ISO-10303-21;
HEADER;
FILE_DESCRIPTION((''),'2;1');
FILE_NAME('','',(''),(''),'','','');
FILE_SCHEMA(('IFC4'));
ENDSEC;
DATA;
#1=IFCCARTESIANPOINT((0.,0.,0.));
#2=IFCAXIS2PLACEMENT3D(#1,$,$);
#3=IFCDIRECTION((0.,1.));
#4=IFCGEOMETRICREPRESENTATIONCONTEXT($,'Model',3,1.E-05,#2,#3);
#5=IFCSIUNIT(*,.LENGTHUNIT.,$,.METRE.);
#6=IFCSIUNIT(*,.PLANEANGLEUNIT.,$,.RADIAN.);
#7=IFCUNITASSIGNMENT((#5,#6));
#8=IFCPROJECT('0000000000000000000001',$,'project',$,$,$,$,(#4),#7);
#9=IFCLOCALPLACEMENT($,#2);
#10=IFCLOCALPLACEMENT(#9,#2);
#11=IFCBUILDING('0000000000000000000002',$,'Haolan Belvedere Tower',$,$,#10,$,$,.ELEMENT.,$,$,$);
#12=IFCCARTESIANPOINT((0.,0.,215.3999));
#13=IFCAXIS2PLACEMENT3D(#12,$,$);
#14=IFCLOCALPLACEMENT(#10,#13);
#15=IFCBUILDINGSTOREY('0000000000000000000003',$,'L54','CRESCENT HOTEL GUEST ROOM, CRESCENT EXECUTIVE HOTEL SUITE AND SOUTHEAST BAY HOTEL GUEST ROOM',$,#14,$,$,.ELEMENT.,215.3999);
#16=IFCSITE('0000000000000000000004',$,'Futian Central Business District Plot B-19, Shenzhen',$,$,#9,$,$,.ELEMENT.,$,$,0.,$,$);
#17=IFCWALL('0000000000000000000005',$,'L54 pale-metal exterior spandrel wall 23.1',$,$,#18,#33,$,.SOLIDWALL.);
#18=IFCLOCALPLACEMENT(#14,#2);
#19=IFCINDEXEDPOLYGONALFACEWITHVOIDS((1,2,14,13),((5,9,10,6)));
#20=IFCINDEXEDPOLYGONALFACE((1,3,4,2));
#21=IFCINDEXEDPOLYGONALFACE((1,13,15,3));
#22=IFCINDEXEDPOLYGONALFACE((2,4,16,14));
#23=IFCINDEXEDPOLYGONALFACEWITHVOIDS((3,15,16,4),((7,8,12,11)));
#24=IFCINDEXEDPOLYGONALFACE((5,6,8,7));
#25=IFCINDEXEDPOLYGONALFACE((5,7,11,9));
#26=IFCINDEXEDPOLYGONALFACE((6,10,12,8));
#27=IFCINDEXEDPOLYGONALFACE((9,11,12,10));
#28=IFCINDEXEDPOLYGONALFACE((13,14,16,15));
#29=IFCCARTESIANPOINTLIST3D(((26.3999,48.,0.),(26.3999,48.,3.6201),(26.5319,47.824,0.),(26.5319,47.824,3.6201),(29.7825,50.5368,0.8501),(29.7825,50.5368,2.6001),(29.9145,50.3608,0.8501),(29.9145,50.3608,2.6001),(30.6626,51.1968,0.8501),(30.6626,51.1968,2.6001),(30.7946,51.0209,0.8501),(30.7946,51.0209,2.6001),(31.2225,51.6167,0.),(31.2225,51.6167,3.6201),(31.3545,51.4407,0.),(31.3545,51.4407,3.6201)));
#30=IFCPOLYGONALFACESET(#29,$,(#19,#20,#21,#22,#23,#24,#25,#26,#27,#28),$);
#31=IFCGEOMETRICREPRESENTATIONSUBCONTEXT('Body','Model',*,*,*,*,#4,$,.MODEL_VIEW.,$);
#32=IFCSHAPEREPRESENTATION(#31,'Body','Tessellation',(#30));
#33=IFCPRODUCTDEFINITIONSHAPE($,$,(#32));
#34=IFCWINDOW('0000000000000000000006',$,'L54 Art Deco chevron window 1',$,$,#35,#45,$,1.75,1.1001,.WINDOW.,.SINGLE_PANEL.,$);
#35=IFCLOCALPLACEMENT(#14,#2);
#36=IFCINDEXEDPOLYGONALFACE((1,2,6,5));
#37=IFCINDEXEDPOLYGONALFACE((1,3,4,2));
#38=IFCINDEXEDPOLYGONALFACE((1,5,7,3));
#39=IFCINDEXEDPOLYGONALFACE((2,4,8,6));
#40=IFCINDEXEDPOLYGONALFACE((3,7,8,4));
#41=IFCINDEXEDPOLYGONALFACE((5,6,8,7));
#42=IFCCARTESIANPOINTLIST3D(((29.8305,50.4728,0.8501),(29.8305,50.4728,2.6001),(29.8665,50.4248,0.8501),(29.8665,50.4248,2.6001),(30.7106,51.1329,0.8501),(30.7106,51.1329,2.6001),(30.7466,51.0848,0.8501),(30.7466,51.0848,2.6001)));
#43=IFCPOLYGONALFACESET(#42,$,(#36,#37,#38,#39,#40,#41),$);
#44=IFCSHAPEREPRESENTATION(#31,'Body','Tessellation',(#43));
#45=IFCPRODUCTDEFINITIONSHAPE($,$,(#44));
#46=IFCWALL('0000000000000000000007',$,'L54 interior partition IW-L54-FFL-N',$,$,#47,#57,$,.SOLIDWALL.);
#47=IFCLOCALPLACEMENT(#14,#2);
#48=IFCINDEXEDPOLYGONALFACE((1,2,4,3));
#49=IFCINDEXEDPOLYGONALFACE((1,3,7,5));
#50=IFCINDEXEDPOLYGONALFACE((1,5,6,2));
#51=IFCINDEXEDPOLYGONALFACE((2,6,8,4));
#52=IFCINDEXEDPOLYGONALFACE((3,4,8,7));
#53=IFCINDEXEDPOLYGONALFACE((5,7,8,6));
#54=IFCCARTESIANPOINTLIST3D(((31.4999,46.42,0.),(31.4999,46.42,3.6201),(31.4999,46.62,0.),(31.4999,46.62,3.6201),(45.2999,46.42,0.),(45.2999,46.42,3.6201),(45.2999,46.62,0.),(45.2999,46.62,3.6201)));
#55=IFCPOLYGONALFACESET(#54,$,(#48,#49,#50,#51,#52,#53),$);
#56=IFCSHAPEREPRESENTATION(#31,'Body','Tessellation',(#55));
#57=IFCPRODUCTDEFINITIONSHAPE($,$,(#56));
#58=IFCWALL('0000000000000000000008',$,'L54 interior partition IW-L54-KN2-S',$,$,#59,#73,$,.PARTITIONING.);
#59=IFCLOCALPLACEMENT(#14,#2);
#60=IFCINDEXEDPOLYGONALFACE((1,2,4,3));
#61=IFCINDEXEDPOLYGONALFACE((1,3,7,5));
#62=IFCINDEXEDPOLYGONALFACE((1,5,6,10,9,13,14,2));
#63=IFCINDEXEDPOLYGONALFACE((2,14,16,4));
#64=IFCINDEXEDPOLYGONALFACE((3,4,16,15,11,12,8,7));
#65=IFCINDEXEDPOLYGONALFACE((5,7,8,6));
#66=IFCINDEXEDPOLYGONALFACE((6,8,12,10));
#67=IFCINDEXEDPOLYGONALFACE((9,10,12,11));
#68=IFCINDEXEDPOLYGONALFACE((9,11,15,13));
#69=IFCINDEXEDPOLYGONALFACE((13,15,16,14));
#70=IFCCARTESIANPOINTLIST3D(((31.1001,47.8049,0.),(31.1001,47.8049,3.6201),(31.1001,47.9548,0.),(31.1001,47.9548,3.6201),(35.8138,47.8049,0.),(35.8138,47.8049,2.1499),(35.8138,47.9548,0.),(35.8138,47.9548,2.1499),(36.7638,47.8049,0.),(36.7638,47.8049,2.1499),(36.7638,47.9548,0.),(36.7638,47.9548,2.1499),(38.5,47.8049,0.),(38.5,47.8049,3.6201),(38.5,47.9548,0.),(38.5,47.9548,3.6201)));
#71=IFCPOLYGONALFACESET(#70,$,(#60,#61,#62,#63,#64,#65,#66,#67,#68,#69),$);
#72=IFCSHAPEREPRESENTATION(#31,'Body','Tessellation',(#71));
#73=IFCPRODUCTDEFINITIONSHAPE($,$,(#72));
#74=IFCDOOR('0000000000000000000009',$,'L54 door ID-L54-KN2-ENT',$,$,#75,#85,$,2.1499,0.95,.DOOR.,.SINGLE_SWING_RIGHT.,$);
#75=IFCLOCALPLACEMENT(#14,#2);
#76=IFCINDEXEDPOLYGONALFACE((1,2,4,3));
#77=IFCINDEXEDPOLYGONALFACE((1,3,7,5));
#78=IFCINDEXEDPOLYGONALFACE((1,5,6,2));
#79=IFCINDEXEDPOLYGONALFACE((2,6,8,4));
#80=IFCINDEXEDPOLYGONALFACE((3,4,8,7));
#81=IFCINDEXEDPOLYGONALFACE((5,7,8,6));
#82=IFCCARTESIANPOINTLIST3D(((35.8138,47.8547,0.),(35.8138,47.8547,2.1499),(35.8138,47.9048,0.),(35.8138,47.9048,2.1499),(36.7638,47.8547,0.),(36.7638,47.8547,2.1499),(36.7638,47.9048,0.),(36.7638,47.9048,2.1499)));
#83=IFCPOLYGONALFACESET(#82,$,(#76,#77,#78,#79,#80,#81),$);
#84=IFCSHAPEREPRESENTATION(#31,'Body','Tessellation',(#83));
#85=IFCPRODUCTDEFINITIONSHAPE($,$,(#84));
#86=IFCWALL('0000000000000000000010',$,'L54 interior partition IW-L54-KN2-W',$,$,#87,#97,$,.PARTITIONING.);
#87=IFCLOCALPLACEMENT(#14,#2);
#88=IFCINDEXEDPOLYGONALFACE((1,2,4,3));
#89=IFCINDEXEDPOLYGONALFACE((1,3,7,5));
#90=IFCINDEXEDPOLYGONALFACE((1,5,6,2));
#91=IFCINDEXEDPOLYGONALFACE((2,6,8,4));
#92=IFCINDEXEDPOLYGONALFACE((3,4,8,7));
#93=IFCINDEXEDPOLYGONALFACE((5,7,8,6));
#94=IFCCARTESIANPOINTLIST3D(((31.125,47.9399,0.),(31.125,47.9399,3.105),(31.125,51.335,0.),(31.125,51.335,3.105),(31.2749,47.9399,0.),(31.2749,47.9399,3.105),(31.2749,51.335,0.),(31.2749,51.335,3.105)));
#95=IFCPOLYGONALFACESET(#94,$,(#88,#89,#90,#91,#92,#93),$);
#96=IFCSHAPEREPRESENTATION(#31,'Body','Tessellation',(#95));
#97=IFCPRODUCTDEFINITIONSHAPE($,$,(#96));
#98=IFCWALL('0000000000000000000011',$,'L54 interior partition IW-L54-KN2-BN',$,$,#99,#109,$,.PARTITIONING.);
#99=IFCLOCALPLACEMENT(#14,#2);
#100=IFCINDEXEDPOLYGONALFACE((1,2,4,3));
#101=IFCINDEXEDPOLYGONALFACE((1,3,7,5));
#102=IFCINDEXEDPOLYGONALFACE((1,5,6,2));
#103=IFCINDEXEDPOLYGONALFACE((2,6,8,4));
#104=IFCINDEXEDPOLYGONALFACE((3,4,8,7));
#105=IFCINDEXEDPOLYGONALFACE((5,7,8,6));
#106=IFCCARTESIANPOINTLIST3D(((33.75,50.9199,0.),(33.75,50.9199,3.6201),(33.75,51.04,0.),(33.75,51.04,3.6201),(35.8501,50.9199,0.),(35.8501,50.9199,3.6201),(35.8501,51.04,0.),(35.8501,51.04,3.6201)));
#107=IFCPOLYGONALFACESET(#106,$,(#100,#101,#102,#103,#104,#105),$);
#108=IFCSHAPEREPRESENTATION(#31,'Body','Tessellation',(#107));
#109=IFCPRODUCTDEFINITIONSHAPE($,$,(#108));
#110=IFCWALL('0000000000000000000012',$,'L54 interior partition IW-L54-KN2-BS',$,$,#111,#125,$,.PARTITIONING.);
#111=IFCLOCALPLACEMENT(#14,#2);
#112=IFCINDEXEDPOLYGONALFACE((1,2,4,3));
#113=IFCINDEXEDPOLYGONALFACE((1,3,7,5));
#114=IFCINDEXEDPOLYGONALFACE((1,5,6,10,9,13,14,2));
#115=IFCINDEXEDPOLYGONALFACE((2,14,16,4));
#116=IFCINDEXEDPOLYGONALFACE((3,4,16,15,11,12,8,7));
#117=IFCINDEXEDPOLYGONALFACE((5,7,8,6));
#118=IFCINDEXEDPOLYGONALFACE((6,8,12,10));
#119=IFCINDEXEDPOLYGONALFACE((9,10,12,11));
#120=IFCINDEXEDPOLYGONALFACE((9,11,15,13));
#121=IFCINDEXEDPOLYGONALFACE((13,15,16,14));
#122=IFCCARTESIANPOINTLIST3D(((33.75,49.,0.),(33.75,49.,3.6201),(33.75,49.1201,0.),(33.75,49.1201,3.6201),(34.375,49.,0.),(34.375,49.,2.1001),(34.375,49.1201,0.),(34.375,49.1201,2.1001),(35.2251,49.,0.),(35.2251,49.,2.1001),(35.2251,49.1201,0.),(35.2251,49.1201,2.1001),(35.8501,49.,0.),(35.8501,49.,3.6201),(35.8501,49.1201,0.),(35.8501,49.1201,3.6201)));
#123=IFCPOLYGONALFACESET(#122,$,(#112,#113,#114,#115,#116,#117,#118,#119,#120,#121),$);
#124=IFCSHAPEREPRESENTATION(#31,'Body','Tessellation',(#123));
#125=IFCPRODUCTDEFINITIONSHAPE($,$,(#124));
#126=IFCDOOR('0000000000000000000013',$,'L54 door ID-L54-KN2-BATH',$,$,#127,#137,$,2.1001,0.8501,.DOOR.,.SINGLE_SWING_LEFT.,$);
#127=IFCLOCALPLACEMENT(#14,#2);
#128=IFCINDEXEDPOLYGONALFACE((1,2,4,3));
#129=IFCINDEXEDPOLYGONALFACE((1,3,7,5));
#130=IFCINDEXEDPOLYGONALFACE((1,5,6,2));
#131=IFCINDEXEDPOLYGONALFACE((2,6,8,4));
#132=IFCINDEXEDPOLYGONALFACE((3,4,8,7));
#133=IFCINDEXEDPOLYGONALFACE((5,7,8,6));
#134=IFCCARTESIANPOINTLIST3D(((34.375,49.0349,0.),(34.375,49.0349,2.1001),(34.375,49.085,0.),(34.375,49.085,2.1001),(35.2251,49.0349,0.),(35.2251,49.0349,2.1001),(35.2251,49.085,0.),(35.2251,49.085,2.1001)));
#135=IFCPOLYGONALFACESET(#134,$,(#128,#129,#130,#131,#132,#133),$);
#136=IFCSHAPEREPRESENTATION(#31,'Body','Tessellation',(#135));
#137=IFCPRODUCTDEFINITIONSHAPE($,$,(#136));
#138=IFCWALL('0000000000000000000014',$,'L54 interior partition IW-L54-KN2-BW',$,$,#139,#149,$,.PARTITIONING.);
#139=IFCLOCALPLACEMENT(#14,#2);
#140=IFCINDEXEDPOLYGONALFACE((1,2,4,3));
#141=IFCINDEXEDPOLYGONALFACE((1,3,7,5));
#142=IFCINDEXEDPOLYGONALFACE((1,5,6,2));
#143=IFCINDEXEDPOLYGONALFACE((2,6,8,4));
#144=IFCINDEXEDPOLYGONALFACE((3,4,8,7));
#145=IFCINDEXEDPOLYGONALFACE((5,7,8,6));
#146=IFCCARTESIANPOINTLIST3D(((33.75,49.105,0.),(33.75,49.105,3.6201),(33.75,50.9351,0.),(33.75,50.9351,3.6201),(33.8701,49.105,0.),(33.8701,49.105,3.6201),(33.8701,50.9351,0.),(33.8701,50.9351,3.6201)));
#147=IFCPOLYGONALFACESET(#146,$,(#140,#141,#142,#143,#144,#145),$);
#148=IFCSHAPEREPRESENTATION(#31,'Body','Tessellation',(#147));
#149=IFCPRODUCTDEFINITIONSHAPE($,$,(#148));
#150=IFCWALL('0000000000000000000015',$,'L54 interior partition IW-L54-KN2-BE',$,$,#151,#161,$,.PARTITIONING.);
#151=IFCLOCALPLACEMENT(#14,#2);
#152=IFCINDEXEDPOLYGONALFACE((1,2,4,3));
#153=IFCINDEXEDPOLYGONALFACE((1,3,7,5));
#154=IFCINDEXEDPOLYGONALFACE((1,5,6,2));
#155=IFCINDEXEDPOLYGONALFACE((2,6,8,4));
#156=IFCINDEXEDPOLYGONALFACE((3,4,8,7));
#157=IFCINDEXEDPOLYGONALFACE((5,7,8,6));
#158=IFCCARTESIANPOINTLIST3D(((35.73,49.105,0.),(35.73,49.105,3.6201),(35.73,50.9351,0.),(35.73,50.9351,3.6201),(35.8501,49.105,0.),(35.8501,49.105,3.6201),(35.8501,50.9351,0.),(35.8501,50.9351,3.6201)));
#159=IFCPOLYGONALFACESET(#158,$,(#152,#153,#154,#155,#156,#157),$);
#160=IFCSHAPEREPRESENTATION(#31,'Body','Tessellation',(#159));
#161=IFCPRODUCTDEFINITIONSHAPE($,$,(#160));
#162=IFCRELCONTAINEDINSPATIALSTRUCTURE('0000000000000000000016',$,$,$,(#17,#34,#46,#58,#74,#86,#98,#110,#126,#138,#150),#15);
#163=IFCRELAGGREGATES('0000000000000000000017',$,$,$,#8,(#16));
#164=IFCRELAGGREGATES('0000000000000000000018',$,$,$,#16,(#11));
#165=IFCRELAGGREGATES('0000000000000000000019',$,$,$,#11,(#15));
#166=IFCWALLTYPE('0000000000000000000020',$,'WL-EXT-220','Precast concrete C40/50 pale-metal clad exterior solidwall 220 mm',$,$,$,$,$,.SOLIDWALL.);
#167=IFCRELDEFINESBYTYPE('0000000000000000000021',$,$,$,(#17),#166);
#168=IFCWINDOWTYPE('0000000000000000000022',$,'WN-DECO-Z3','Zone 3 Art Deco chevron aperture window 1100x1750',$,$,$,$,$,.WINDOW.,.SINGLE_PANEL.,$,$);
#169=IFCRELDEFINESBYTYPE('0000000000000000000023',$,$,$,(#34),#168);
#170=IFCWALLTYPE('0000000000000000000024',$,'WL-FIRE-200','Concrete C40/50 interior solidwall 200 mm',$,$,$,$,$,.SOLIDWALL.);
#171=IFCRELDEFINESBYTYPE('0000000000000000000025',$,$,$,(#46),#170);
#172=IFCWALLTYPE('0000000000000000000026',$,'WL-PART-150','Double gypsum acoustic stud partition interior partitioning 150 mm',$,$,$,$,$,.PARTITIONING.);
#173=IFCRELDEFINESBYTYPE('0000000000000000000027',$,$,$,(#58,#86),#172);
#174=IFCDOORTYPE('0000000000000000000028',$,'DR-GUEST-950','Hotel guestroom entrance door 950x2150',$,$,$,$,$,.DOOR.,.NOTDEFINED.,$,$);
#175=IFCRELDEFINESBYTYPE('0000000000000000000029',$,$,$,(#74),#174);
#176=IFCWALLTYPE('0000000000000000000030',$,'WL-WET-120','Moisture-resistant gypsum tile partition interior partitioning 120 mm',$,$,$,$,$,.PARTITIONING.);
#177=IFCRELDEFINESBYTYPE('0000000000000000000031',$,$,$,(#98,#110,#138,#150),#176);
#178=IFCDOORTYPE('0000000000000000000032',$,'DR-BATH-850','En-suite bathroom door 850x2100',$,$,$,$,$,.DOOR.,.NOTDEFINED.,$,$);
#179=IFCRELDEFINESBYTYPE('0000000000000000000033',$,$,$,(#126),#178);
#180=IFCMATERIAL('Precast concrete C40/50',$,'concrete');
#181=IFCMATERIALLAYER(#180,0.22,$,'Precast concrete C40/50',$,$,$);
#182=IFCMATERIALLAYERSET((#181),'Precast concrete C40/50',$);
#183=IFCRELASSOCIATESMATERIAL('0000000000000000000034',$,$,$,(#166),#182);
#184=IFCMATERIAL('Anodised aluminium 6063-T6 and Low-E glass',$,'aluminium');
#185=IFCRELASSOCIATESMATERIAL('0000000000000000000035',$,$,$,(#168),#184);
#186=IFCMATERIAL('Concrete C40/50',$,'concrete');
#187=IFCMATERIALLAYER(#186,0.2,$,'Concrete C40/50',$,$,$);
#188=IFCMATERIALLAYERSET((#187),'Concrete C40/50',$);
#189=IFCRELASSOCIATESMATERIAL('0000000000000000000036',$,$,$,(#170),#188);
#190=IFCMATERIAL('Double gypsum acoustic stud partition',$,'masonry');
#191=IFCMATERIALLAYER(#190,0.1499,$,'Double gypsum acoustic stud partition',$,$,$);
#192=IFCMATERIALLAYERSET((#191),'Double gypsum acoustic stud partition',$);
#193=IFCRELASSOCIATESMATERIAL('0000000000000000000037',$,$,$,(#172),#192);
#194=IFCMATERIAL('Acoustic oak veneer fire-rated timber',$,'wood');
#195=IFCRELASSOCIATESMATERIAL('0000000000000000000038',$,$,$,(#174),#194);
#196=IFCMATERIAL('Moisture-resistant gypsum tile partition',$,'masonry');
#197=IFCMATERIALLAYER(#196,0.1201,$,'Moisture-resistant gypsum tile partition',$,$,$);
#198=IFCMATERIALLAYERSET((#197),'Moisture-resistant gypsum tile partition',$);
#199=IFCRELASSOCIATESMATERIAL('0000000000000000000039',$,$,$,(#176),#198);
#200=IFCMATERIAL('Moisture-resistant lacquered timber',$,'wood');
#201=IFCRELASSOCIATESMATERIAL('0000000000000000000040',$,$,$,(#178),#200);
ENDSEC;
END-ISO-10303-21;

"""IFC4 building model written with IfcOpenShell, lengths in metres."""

from ifc_helpers import new_model, si_unit, direction, frame, frame_2d, origin, place, context, subcontext, project, spatial, rectangle, extrude, material, layer, layer_set, type_object, element, fill, save


model = new_model("IFC4")

# Units and contexts
model_context = context("Model", 3, precision=1e-05, world=origin(), true_north=direction((0.0, 1.0)))
body_context = subcontext(model_context, "Body", "Model", "MODEL_VIEW")
ifc_project = project(units=[si_unit("LENGTHUNIT", "METRE"), si_unit("PLANEANGLEUNIT", "RADIAN")], contexts=[model_context])

# Site, building, storey
site_placement = place(None, origin())
site = spatial("IfcSite", under=ifc_project, at=site_placement, Name="Futian Central Business District Plot B-19, Shenzhen", CompositionType="ELEMENT", RefElevation=0.0)
building_placement = place(site_placement, origin())
building = spatial("IfcBuilding", under=site, at=building_placement, Name="Haolan Belvedere Tower", CompositionType="ELEMENT")
storey_placement = place(building_placement, frame((0.0, 0.0, 215.3999)))
storey = spatial("IfcBuildingStorey", under=building, at=storey_placement, Name="L54", Description="CRESCENT HOTEL GUEST ROOM, CRESCENT EXECUTIVE HOTEL SUITE AND SOUTHEAST BAY HOTEL GUEST ROOM", CompositionType="ELEMENT", Elevation=215.3999)

# Wall, opening, window
ifc_material_1 = material(Name="Precast concrete C40/50", Category="concrete")
ifc_layer_1 = layer(ifc_material_1, 0.22, Name="Precast concrete C40/50")
ifc_layer_set_1 = layer_set([ifc_layer_1], Name="Precast concrete C40/50")
wall_type_1 = type_object("IfcWallType", Name="WL-EXT-220", Description="Precast concrete C40/50 pale-metal clad exterior solidwall 220 mm", PredefinedType="SOLIDWALL", material=ifc_layer_set_1)
wall_1_placement = place(storey_placement, frame((31.2886, 51.5288, 0.0), z_axis=(0.0, 0.0, 1.0), x_axis=(-0.800015, -0.599981, 0.0)))
wall_1 = element("IfcWall", 1, at=wall_1_placement, inside=storey, type_object=wall_type_1, Name="L54 pale-metal exterior spandrel wall 23.1", PredefinedType="SOLIDWALL", context=body_context, shape_type="SweptSolid", body=[
    extrude(rectangle(XDim=6.0281, YDim=0.22, at=frame_2d((3.0142, 0.0))), origin(), (0.0, 0.0, 1.0), 3.6201),
])
opening_1_placement = place(wall_1_placement, frame((0.7, 0.0, 0.8501)))
opening_1 = element("IfcOpeningElement", 2, at=opening_1_placement, cuts=wall_1, PredefinedType="OPENING", context=body_context, shape_type="SweptSolid", body=[
    extrude(rectangle(XDim=1.1001, YDim=1.75, at=frame_2d((0.55, 0.875))), frame((0.0, 0.1199, 0.0), z_axis=(0.0, -1.0, 0.0), x_axis=(1.0, 0.0, 0.0)), (0.0, 0.0, 1.0), 0.24),
])
ifc_material_2 = material(Name="Anodised aluminium 6063-T6 and Low-E glass", Category="aluminium")
window_type = type_object("IfcWindowType", Name="WN-DECO-Z3", Description="Zone 3 Art Deco chevron aperture window 1100x1750", PartitioningType="SINGLE_PANEL", PredefinedType="WINDOW", material=ifc_material_2)
window_placement = place(opening_1_placement, origin())
window = element("IfcWindow", 3, at=window_placement, inside=storey, type_object=window_type, Name="L54 Art Deco chevron window 1", OverallHeight=1.75, OverallWidth=1.1001, PartitioningType="SINGLE_PANEL", PredefinedType="WINDOW", context=body_context, shape_type="SweptSolid", body=[
    extrude(rectangle(XDim=1.1001, YDim=1.75, at=frame_2d((0.55, 0.875))), frame((0.0, 0.03, 0.0), z_axis=(0.0, -1.0, 0.0), x_axis=(1.0, 0.0, 0.0)), (0.0, 0.0, 1.0), 0.0601),
])
fill(opening_1, window)

# Wall
ifc_material_3 = material(Name="Concrete C40/50", Category="concrete")
ifc_layer_2 = layer(ifc_material_3, 0.2, Name="Concrete C40/50")
ifc_layer_set_2 = layer_set([ifc_layer_2], Name="Concrete C40/50")
wall_type_2 = type_object("IfcWallType", Name="WL-FIRE-200", Description="Concrete C40/50 interior solidwall 200 mm", PredefinedType="SOLIDWALL", material=ifc_layer_set_2)
wall_2_placement = place(storey_placement, frame((31.5, 46.52, 0.0), z_axis=(0.0, 0.0, 1.0), x_axis=(1.0, 0.0, 0.0)))
element("IfcWall", 4, at=wall_2_placement, inside=storey, type_object=wall_type_2, Name="L54 interior partition IW-L54-FFL-N", PredefinedType="SOLIDWALL", context=body_context, shape_type="SweptSolid", body=[
    extrude(rectangle(XDim=13.8, YDim=0.2, at=frame_2d((6.8999, 0.0))), origin(), (0.0, 0.0, 1.0), 3.6201),
])

# Wall, opening, door
ifc_material_4 = material(Name="Double gypsum acoustic stud partition", Category="masonry")
ifc_layer_3 = layer(ifc_material_4, 0.1499, Name="Double gypsum acoustic stud partition")
ifc_layer_set_3 = layer_set([ifc_layer_3], Name="Double gypsum acoustic stud partition")
wall_type_3 = type_object("IfcWallType", Name="WL-PART-150", Description="Double gypsum acoustic stud partition interior partitioning 150 mm", PredefinedType="PARTITIONING", material=ifc_layer_set_3)
wall_3_placement = place(storey_placement, frame((31.1001, 47.8799, 0.0), z_axis=(0.0, 0.0, 1.0), x_axis=(1.0, 0.0, 0.0)))
wall_3 = element("IfcWall", 5, at=wall_3_placement, inside=storey, type_object=wall_type_3, Name="L54 interior partition IW-L54-KN2-S", PredefinedType="PARTITIONING", context=body_context, shape_type="SweptSolid", body=[
    extrude(rectangle(XDim=7.3999, YDim=0.1499, at=frame_2d((3.7, 0.0))), origin(), (0.0, 0.0, 1.0), 3.6201),
])
opening_2_placement = place(wall_3_placement, frame((4.7136, 0.0, 0.0)))
opening_2 = element("IfcOpeningElement", 6, at=opening_2_placement, cuts=wall_3, PredefinedType="OPENING", context=body_context, shape_type="SweptSolid", body=[
    extrude(rectangle(XDim=0.95, YDim=2.1499, at=frame_2d((0.4751, 1.075))), frame((0.0, 0.085, 0.0), z_axis=(0.0, -1.0, 0.0), x_axis=(1.0, 0.0, 0.0)), (0.0, 0.0, 1.0), 0.1699),
])
ifc_material_5 = material(Name="Acoustic oak veneer fire-rated timber", Category="wood")
door_type_1 = type_object("IfcDoorType", Name="DR-GUEST-950", Description="Hotel guestroom entrance door 950x2150", OperationType="NOTDEFINED", PredefinedType="DOOR", material=ifc_material_5)
door_1_placement = place(opening_2_placement, origin())
door_1 = element("IfcDoor", 7, at=door_1_placement, inside=storey, type_object=door_type_1, Name="L54 door ID-L54-KN2-ENT", OperationType="SINGLE_SWING_RIGHT", OverallHeight=2.1499, OverallWidth=0.95, PredefinedType="DOOR", context=body_context, shape_type="SweptSolid", body=[
    extrude(rectangle(XDim=0.95, YDim=2.1499, at=frame_2d((0.4751, 1.075))), frame((0.0, 0.0249, 0.0), z_axis=(0.0, -1.0, 0.0), x_axis=(1.0, 0.0, 0.0)), (0.0, 0.0, 1.0), 0.05),
])
fill(opening_2, door_1)

# Walls
wall_4_placement = place(storey_placement, frame((31.2, 47.9399, 0.0), z_axis=(0.0, 0.0, 1.0), x_axis=(0.0, 1.0, 0.0)))
element("IfcWall", 8, at=wall_4_placement, inside=storey, type_object=wall_type_3, Name="L54 interior partition IW-L54-KN2-W", PredefinedType="PARTITIONING", context=body_context, shape_type="SweptSolid", body=[
    extrude(rectangle(XDim=3.395, YDim=0.1499, at=frame_2d((1.6975, 0.0))), origin(), (0.0, 0.0, 1.0), 3.105),
])
ifc_material_6 = material(Name="Moisture-resistant gypsum tile partition", Category="masonry")
ifc_layer_4 = layer(ifc_material_6, 0.1201, Name="Moisture-resistant gypsum tile partition")
ifc_layer_set_4 = layer_set([ifc_layer_4], Name="Moisture-resistant gypsum tile partition")
wall_type_4 = type_object("IfcWallType", Name="WL-WET-120", Description="Moisture-resistant gypsum tile partition interior partitioning 120 mm", PredefinedType="PARTITIONING", material=ifc_layer_set_4)
wall_5_placement = place(storey_placement, frame((33.75, 50.98, 0.0), z_axis=(0.0, 0.0, 1.0), x_axis=(1.0, 0.0, 0.0)))
element("IfcWall", 9, at=wall_5_placement, inside=storey, type_object=wall_type_4, Name="L54 interior partition IW-L54-KN2-BN", PredefinedType="PARTITIONING", context=body_context, shape_type="SweptSolid", body=[
    extrude(rectangle(XDim=2.1001, YDim=0.1201, at=frame_2d((1.05, 0.0))), origin(), (0.0, 0.0, 1.0), 3.6201),
])

# Wall, opening, door
wall_6_placement = place(storey_placement, frame((33.75, 49.0601, 0.0), z_axis=(0.0, 0.0, 1.0), x_axis=(1.0, 0.0, 0.0)))
wall_6 = element("IfcWall", 10, at=wall_6_placement, inside=storey, type_object=wall_type_4, Name="L54 interior partition IW-L54-KN2-BS", PredefinedType="PARTITIONING", context=body_context, shape_type="SweptSolid", body=[
    extrude(rectangle(XDim=2.1001, YDim=0.1201, at=frame_2d((1.05, 0.0))), origin(), (0.0, 0.0, 1.0), 3.6201),
])
opening_3_placement = place(wall_6_placement, frame((0.625, 0.0, 0.0)))
opening_3 = element("IfcOpeningElement", 11, at=opening_3_placement, cuts=wall_6, PredefinedType="OPENING", context=body_context, shape_type="SweptSolid", body=[
    extrude(rectangle(XDim=0.8501, YDim=2.1001, at=frame_2d((0.425, 1.05))), frame((0.0, 0.0701, 0.0), z_axis=(0.0, -1.0, 0.0), x_axis=(1.0, 0.0, 0.0)), (0.0, 0.0, 1.0), 0.1401),
])
ifc_material_7 = material(Name="Moisture-resistant lacquered timber", Category="wood")
door_type_2 = type_object("IfcDoorType", Name="DR-BATH-850", Description="En-suite bathroom door 850x2100", OperationType="NOTDEFINED", PredefinedType="DOOR", material=ifc_material_7)
door_2_placement = place(opening_3_placement, origin())
door_2 = element("IfcDoor", 12, at=door_2_placement, inside=storey, type_object=door_type_2, Name="L54 door ID-L54-KN2-BATH", OperationType="SINGLE_SWING_LEFT", OverallHeight=2.1001, OverallWidth=0.8501, PredefinedType="DOOR", context=body_context, shape_type="SweptSolid", body=[
    extrude(rectangle(XDim=0.8501, YDim=2.1001, at=frame_2d((0.425, 1.05))), frame((0.0, 0.0249, 0.0), z_axis=(0.0, -1.0, 0.0), x_axis=(1.0, 0.0, 0.0)), (0.0, 0.0, 1.0), 0.05),
])
fill(opening_3, door_2)

# Walls
for number, where, z_axis, x_axis, name in (
    (13, (33.8101, 49.105, 0.0), (0.0, 0.0, 1.0), (0.0, 1.0, 0.0), "L54 interior partition IW-L54-KN2-BW"),
    (14, (35.79, 49.105, 0.0), (0.0, 0.0, 1.0), (0.0, 1.0, 0.0), "L54 interior partition IW-L54-KN2-BE"),
):
    element("IfcWall", number, at=place(storey_placement, frame(where, z_axis=z_axis, x_axis=x_axis)), inside=storey, type_object=wall_type_4, Name=name, PredefinedType="PARTITIONING", context=body_context, shape_type="SweptSolid", body=[
        extrude(rectangle(XDim=1.8301, YDim=0.1201, at=frame_2d((0.915, 0.0))), origin(), (0.0, 0.0, 1.0), 3.6201),
    ])

save(model, "model.ifc")
